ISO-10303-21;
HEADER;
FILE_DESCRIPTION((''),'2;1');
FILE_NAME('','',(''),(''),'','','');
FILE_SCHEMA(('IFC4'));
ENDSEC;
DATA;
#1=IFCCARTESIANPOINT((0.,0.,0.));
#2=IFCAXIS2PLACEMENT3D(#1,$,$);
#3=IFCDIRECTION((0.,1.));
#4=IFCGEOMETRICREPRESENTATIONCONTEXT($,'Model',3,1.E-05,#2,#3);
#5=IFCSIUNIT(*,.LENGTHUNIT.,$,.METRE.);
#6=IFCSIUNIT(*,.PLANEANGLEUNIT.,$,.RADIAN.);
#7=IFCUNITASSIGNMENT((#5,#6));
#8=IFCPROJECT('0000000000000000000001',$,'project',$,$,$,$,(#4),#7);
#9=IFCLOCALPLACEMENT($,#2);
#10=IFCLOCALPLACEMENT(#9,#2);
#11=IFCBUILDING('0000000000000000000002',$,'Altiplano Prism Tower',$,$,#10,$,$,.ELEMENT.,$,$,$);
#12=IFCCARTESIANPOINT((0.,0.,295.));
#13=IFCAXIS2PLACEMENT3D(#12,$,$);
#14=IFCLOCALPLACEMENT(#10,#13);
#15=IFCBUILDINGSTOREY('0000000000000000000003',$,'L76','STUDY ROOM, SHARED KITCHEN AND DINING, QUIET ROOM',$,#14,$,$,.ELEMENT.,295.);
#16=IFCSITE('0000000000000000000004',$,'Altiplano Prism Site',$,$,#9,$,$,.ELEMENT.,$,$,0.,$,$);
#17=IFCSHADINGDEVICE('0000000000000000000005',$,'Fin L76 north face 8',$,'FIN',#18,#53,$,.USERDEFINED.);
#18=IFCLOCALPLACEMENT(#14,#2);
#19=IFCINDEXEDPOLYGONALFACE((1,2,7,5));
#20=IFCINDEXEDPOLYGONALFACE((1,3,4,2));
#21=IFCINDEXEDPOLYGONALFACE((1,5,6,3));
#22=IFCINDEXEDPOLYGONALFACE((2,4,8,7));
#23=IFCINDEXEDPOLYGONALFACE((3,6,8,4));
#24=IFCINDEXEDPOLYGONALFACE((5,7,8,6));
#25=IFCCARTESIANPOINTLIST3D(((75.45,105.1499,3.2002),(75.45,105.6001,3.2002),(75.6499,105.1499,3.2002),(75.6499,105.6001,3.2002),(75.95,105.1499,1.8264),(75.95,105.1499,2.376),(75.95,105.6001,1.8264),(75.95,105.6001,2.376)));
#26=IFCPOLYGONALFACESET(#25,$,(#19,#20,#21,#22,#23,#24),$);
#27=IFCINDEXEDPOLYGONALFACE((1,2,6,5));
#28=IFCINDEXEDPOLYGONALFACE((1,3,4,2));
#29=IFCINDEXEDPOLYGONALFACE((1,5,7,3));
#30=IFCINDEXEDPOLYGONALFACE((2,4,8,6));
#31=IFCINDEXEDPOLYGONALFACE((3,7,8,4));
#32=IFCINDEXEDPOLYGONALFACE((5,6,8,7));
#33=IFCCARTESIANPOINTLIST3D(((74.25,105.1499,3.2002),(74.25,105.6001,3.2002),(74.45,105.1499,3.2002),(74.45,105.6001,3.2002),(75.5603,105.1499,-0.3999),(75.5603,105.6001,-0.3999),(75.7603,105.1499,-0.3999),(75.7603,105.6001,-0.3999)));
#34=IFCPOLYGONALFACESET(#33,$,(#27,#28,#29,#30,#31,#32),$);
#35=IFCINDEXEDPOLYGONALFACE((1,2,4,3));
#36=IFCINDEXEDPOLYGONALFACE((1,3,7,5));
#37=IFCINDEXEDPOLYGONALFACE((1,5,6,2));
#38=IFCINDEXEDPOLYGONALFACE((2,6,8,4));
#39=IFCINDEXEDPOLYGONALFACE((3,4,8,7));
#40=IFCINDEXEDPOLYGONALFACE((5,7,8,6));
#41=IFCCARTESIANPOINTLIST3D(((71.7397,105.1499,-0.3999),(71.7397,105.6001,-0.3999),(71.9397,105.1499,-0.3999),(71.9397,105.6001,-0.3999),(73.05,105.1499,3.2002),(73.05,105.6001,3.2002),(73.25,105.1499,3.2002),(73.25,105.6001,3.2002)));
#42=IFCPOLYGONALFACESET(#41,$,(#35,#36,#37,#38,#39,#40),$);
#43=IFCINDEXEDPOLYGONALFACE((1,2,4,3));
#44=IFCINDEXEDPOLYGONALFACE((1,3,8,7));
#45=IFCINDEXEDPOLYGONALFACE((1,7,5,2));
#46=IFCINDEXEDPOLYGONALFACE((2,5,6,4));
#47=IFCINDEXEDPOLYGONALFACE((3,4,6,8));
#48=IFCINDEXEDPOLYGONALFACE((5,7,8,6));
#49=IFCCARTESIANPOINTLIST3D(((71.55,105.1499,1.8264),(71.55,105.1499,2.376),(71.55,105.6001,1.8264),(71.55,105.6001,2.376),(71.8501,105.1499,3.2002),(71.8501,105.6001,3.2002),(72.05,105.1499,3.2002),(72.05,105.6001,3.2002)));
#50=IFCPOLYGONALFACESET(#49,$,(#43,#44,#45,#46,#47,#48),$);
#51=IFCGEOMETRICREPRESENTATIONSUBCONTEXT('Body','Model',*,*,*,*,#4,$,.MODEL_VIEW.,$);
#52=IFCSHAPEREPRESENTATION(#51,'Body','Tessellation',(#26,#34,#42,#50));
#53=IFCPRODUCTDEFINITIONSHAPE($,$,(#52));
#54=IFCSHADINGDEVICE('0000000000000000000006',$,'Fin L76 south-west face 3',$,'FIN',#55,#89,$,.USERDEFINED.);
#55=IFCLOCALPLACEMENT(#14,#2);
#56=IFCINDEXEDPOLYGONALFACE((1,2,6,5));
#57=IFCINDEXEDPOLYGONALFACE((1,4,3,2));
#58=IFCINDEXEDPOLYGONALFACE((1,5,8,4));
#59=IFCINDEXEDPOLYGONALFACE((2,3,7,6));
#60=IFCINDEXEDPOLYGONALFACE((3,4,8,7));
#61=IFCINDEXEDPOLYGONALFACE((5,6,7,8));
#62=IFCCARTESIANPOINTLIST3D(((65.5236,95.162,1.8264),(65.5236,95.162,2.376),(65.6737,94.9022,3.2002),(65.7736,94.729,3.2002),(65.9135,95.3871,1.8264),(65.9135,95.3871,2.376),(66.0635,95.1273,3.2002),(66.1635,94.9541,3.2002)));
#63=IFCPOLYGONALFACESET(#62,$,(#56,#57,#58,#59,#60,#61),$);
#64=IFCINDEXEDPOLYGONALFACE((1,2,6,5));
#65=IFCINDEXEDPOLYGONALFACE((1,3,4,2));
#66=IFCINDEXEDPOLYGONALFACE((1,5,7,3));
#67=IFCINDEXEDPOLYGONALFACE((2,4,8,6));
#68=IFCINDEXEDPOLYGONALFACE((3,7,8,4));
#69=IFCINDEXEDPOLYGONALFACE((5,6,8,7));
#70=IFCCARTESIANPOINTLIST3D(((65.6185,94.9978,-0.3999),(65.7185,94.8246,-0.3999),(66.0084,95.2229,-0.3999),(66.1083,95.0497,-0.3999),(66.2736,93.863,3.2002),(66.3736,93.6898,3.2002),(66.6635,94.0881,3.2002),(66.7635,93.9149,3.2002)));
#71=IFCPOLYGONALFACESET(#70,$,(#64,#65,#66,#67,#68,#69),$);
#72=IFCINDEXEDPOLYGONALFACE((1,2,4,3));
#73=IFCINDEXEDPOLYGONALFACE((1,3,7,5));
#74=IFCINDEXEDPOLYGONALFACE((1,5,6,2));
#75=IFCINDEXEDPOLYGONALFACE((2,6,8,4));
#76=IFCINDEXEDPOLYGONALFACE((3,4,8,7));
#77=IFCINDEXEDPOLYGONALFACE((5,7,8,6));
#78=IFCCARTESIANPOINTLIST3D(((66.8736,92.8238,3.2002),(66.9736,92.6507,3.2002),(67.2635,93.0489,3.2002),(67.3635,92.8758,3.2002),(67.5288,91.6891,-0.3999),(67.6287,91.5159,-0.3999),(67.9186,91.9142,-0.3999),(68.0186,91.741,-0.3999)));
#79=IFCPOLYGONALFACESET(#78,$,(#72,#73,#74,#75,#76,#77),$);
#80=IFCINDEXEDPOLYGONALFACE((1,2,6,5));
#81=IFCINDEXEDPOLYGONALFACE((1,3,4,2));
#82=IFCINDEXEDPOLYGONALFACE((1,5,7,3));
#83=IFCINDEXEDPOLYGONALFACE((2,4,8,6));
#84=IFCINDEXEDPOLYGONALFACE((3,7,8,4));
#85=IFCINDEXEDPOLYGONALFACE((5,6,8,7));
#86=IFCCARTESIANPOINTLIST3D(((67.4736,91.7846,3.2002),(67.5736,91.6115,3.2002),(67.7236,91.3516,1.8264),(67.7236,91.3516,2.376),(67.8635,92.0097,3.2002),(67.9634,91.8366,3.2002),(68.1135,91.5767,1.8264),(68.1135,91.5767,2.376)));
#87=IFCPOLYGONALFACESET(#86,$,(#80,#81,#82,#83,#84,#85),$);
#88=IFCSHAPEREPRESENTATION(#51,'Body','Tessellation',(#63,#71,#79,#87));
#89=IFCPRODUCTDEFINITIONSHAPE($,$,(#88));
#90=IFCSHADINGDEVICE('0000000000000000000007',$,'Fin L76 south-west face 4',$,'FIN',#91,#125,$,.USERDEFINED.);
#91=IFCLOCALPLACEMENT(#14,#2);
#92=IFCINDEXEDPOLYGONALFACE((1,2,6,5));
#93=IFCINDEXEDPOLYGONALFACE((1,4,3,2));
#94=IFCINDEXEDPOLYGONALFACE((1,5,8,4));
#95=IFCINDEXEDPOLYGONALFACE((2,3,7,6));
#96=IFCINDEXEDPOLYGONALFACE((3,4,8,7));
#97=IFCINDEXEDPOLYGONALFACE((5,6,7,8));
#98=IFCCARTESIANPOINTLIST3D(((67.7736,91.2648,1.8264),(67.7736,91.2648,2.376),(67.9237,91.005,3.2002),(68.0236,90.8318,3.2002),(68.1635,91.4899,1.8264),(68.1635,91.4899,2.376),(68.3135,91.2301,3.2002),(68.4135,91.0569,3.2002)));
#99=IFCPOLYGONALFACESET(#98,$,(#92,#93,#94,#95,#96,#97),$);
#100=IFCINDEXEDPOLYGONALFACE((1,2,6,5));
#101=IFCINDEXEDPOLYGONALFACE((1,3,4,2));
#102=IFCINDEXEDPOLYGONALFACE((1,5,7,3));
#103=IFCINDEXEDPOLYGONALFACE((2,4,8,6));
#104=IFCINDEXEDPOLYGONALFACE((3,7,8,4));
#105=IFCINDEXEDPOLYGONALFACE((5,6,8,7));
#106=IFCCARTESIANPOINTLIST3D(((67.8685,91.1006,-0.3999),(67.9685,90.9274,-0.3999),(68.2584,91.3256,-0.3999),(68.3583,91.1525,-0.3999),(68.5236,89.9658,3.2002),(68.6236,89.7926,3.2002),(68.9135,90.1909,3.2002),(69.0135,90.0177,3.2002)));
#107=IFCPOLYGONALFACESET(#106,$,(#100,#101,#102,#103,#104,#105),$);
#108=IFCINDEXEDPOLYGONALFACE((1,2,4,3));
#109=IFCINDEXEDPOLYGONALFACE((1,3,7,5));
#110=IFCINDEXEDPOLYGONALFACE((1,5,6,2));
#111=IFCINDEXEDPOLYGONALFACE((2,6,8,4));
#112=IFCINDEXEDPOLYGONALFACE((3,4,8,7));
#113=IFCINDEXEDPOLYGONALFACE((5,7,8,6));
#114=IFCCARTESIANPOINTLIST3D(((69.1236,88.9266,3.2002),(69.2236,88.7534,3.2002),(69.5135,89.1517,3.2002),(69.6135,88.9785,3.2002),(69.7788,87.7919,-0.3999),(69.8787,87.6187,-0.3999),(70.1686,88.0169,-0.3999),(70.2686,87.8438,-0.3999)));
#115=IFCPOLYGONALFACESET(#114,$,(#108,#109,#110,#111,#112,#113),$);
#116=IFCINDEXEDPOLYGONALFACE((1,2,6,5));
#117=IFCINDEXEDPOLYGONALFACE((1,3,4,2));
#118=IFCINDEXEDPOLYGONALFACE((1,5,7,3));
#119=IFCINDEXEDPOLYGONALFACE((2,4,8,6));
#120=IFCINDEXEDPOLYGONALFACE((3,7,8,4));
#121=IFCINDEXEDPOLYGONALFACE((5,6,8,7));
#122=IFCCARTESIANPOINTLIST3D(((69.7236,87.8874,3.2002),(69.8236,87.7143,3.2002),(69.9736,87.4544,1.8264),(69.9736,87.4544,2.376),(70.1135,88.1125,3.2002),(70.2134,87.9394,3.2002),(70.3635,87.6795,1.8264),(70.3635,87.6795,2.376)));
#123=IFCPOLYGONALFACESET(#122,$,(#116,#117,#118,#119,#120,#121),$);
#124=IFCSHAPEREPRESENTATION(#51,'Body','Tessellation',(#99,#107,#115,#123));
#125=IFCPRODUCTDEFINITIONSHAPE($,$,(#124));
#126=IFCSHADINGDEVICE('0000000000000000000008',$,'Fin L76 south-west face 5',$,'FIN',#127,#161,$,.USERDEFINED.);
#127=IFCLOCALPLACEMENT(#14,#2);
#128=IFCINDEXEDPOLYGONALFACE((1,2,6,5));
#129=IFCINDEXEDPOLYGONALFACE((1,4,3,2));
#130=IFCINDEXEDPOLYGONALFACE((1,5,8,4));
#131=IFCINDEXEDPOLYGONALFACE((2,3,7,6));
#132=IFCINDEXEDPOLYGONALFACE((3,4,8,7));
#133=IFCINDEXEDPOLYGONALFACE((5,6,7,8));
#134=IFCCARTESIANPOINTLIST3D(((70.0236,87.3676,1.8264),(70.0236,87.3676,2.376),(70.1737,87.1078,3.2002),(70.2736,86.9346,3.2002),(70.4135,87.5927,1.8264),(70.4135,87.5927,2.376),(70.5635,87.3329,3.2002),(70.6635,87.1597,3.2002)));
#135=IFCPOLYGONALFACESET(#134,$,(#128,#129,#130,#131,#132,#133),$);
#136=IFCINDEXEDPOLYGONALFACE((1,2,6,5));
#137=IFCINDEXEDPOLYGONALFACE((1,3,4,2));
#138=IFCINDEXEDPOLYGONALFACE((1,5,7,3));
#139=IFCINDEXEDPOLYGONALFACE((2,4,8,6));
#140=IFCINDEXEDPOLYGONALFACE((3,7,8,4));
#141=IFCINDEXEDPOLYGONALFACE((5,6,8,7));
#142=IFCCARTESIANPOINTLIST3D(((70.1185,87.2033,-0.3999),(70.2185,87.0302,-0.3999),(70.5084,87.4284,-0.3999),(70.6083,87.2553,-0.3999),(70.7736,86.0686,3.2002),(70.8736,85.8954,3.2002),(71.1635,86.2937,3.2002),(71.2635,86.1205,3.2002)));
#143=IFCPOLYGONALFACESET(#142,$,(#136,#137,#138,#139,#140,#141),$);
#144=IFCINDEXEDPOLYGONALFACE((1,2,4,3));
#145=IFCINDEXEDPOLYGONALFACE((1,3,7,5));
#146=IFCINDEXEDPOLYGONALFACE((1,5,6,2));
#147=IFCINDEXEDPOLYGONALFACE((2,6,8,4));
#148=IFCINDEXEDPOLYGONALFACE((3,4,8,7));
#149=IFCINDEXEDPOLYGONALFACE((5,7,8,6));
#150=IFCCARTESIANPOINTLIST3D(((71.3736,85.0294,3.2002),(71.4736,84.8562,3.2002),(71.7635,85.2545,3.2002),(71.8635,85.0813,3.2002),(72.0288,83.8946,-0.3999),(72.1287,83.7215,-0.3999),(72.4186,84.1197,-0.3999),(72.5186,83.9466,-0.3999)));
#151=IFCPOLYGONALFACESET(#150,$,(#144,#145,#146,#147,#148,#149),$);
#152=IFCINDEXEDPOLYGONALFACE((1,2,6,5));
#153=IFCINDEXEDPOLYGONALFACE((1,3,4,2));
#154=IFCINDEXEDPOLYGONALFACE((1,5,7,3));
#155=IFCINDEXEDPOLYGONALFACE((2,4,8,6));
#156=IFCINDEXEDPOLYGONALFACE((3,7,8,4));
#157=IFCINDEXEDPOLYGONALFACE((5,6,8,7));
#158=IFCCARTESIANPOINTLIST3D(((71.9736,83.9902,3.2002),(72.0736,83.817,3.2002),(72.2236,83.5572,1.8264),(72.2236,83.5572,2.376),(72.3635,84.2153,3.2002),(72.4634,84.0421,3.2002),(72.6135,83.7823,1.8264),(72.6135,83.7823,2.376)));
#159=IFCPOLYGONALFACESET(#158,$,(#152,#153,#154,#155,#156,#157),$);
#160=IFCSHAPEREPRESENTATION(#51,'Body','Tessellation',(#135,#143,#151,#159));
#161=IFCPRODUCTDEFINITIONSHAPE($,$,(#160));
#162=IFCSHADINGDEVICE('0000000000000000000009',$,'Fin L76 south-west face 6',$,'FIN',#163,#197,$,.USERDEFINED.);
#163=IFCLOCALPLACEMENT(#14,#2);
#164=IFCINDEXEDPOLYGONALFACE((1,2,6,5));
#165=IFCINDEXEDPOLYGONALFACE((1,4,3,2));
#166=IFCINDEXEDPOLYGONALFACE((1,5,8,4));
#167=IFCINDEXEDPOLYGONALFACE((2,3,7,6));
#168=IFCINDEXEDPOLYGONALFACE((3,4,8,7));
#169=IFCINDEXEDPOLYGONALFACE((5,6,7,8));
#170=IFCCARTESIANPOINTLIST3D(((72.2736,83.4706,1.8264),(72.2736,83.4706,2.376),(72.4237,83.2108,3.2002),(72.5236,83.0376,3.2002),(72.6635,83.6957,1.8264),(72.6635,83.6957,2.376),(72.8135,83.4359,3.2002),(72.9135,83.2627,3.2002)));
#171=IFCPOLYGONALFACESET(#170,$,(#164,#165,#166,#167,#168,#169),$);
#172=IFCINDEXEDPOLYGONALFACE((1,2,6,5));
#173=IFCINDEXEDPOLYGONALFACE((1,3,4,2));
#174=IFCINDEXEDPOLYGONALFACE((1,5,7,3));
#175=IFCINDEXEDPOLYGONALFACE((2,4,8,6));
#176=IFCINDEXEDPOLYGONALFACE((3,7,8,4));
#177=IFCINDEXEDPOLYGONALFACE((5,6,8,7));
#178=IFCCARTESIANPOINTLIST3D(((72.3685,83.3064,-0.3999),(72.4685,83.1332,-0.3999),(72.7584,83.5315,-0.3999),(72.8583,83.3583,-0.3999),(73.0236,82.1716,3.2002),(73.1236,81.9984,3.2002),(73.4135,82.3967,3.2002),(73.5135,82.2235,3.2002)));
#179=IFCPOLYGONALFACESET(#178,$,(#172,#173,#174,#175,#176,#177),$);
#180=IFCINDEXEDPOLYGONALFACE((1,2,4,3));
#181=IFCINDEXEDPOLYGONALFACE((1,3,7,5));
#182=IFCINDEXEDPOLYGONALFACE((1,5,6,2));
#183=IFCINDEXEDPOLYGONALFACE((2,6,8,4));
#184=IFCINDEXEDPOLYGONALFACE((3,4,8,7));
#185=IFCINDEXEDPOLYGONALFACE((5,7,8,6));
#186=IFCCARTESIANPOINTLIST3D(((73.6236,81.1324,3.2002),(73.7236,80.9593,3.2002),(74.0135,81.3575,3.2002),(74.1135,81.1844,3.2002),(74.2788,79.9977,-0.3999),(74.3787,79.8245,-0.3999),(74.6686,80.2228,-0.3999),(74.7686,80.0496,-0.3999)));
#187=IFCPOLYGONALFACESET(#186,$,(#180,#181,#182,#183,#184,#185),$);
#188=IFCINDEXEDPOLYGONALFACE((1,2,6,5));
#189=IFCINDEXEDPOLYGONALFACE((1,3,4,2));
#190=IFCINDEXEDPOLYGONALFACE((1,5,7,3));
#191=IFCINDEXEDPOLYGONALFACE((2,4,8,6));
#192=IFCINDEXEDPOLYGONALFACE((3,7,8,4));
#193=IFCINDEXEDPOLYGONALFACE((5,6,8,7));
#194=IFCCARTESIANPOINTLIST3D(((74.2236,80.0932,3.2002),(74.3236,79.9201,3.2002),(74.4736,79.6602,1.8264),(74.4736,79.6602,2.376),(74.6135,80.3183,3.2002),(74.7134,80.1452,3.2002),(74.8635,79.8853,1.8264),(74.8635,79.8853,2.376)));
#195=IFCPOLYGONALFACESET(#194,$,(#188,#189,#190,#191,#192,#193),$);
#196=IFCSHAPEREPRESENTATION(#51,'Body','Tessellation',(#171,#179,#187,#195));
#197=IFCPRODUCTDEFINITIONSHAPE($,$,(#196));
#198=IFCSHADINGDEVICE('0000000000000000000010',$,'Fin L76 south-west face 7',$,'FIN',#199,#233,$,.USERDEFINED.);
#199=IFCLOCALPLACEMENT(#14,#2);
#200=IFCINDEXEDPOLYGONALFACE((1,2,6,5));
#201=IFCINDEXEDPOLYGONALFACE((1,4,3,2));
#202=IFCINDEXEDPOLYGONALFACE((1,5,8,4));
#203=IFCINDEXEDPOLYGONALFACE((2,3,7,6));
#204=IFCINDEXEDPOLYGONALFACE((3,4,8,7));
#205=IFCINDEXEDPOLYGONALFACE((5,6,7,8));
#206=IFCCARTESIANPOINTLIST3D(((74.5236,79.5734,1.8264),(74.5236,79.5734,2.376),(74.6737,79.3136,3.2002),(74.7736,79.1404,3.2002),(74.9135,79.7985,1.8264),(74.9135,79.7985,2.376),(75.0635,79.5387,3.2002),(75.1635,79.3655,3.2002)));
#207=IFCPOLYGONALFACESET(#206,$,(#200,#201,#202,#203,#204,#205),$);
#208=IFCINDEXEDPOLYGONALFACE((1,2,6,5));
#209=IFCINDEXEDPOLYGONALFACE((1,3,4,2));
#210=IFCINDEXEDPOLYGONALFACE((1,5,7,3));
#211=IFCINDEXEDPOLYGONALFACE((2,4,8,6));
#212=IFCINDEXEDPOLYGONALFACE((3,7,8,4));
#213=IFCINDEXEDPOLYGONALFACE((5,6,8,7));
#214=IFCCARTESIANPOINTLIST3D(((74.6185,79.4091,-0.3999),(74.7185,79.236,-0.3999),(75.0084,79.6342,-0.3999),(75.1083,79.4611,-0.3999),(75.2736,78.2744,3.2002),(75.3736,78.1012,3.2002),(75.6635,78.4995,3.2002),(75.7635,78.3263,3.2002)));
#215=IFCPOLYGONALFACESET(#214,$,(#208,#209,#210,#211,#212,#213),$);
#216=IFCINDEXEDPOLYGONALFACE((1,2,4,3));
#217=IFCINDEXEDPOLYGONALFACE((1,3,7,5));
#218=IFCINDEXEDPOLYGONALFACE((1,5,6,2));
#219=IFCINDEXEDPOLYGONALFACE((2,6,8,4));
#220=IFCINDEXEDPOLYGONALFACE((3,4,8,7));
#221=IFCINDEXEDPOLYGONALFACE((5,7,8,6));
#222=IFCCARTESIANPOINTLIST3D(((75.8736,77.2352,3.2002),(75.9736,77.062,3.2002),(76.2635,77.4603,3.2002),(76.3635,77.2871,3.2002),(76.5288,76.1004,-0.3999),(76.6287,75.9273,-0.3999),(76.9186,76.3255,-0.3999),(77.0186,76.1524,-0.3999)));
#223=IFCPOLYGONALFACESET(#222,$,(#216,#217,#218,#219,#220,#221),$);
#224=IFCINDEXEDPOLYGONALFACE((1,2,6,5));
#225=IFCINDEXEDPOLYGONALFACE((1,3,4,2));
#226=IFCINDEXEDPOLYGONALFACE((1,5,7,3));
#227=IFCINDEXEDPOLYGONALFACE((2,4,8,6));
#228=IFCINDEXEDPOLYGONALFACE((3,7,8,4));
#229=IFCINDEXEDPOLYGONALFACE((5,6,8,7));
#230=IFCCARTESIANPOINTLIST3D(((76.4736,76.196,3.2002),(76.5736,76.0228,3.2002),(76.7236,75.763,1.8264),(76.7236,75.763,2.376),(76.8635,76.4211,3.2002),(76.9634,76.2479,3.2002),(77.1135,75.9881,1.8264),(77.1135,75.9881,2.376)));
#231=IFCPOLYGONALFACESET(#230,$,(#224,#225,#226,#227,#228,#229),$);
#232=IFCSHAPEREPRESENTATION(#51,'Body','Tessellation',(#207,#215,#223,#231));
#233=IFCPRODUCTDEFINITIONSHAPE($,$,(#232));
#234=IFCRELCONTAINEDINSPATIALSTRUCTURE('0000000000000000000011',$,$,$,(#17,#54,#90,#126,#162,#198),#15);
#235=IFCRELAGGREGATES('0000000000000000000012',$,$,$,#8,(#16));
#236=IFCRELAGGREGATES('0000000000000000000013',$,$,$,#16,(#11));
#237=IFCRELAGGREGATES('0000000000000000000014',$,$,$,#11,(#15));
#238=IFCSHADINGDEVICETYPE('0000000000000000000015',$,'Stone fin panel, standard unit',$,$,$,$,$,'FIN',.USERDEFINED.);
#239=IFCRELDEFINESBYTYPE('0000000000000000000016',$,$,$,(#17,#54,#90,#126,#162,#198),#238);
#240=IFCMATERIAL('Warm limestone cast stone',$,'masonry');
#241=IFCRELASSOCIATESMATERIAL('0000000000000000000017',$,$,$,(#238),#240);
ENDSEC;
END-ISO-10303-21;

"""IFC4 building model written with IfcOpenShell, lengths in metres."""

from ifc_helpers import new_model, si_unit, direction, frame, origin, place, context, subcontext, project, spatial, polyline, outline, extrude, source, transform, mapped, material, type_object, element, save


model = new_model("IFC4")

# Units and contexts
model_context = context("Model", 3, precision=1e-05, world=origin(), true_north=direction((0.0, 1.0)))
body_context = subcontext(model_context, "Body", "Model", "MODEL_VIEW")
ifc_project = project(units=[si_unit("LENGTHUNIT", "METRE"), si_unit("PLANEANGLEUNIT", "RADIAN")], contexts=[model_context])

# Site, building, storey
site_placement = place(None, origin())
site = spatial("IfcSite", under=ifc_project, at=site_placement, Name="Altiplano Prism Site", CompositionType="ELEMENT", RefElevation=0.0)
building_placement = place(site_placement, origin())
building = spatial("IfcBuilding", under=site, at=building_placement, Name="Altiplano Prism Tower", CompositionType="ELEMENT")
storey_placement = place(building_placement, frame((0.0, 0.0, 295.0)))
storey = spatial("IfcBuildingStorey", under=building, at=storey_placement, Name="L76", Description="STUDY ROOM, SHARED KITCHEN AND DINING, QUIET ROOM", CompositionType="ELEMENT", Elevation=295.0)

# Shading devices
ifc_material_1 = material(Name="Warm limestone cast stone", Category="masonry")
shading_device_type_1 = type_object("IfcShadingDeviceType", Name="Stone fin panel, standard unit", ElementType="FIN", PredefinedType="USERDEFINED", material=ifc_material_1)
shared_shape_1 = source(origin(), body_context, "Body", "SweptSolid", [
    extrude(outline(polyline([(-2.2, 2.2263), (-1.7, 3.6001), (-1.8999, 3.6001), (-2.2, 2.7759), (-2.2, 2.2263)])), frame((0.0, -0.1499, 0.0), z_axis=(0.0, -1.0, 0.0), x_axis=(1.0, 0.0, 0.0)), (0.0, 0.0, 1.0), 0.4502),
    extrude(outline(polyline([(-2.0103, 0.0), (-1.8103, 0.0), (-0.5, 3.6001), (-0.7, 3.6001), (-2.0103, 0.0)])), frame((0.0, -0.1499, 0.0), z_axis=(0.0, -1.0, 0.0), x_axis=(1.0, 0.0, 0.0)), (0.0, 0.0, 1.0), 0.4502),
    extrude(outline(polyline([(1.8103, 0.0), (2.0103, 0.0), (0.7, 3.6001), (0.5, 3.6001), (1.8103, 0.0)])), frame((0.0, -0.1499, 0.0), z_axis=(0.0, -1.0, 0.0), x_axis=(1.0, 0.0, 0.0)), (0.0, 0.0, 1.0), 0.4502),
    extrude(outline(polyline([(2.2, 2.7759), (1.8999, 3.6001), (1.7, 3.6001), (2.2, 2.2263), (2.2, 2.7759)])), frame((0.0, -0.1499, 0.0), z_axis=(0.0, -1.0, 0.0), x_axis=(1.0, 0.0, 0.0)), (0.0, 0.0, 1.0), 0.4502),
])
shading_device_1_placement = place(storey_placement, origin())
element("IfcShadingDevice", 1, at=shading_device_1_placement, inside=storey, type_object=shading_device_type_1, Name="Fin L76 north face 8", ObjectType="FIN", PredefinedType="USERDEFINED", context=body_context, shape_type="MappedRepresentation", body=[
    mapped(shared_shape_1, transform((73.75, 105.0, -0.3999), x_axis=(-1.0, 0.0, 0.0), y_axis=(0.0, -1.0, 0.0), z_axis=(0.0, 0.0, 1.0))),
])
shading_device_2_placement = place(storey_placement, origin())
element("IfcShadingDevice", 2, at=shading_device_2_placement, inside=storey, type_object=shading_device_type_1, Name="Fin L76 south-west face 3", ObjectType="FIN", PredefinedType="USERDEFINED", context=body_context, shape_type="MappedRepresentation", body=[
    mapped(shared_shape_1, transform((67.1433, 93.5569, -0.3999), x_axis=(0.5, -0.866025, 0.0), y_axis=(0.866025, 0.5, 0.0), z_axis=(0.0, 0.0, 1.0))),
])
shading_device_3_placement = place(storey_placement, origin())
element("IfcShadingDevice", 3, at=shading_device_3_placement, inside=storey, type_object=shading_device_type_1, Name="Fin L76 south-west face 4", ObjectType="FIN", PredefinedType="USERDEFINED", context=body_context, shape_type="MappedRepresentation", body=[
    mapped(shared_shape_1, transform((69.3933, 89.6597, -0.3999), x_axis=(0.5, -0.866025, 0.0), y_axis=(0.866025, 0.5, 0.0), z_axis=(0.0, 0.0, 1.0))),
])
shading_device_4_placement = place(storey_placement, origin())
element("IfcShadingDevice", 4, at=shading_device_4_placement, inside=storey, type_object=shading_device_type_1, Name="Fin L76 south-west face 5", ObjectType="FIN", PredefinedType="USERDEFINED", context=body_context, shape_type="MappedRepresentation", body=[
    mapped(shared_shape_1, transform((71.6433, 85.7625, -0.3999), x_axis=(0.5, -0.866025, 0.0), y_axis=(0.866025, 0.5, 0.0), z_axis=(0.0, 0.0, 1.0))),
])
shading_device_5_placement = place(storey_placement, origin())
element("IfcShadingDevice", 5, at=shading_device_5_placement, inside=storey, type_object=shading_device_type_1, Name="Fin L76 south-west face 6", ObjectType="FIN", PredefinedType="USERDEFINED", context=body_context, shape_type="MappedRepresentation", body=[
    mapped(shared_shape_1, transform((73.8933, 81.8655, -0.3999), x_axis=(0.5, -0.866025, 0.0), y_axis=(0.866025, 0.5, 0.0), z_axis=(0.0, 0.0, 1.0))),
])
shading_device_6_placement = place(storey_placement, origin())
element("IfcShadingDevice", 6, at=shading_device_6_placement, inside=storey, type_object=shading_device_type_1, Name="Fin L76 south-west face 7", ObjectType="FIN", PredefinedType="USERDEFINED", context=body_context, shape_type="MappedRepresentation", body=[
    mapped(shared_shape_1, transform((76.1433, 77.9683, -0.3999), x_axis=(0.5, -0.866025, 0.0), y_axis=(0.866025, 0.5, 0.0), z_axis=(0.0, 0.0, 1.0))),
])

save(model, "model.ifc")
